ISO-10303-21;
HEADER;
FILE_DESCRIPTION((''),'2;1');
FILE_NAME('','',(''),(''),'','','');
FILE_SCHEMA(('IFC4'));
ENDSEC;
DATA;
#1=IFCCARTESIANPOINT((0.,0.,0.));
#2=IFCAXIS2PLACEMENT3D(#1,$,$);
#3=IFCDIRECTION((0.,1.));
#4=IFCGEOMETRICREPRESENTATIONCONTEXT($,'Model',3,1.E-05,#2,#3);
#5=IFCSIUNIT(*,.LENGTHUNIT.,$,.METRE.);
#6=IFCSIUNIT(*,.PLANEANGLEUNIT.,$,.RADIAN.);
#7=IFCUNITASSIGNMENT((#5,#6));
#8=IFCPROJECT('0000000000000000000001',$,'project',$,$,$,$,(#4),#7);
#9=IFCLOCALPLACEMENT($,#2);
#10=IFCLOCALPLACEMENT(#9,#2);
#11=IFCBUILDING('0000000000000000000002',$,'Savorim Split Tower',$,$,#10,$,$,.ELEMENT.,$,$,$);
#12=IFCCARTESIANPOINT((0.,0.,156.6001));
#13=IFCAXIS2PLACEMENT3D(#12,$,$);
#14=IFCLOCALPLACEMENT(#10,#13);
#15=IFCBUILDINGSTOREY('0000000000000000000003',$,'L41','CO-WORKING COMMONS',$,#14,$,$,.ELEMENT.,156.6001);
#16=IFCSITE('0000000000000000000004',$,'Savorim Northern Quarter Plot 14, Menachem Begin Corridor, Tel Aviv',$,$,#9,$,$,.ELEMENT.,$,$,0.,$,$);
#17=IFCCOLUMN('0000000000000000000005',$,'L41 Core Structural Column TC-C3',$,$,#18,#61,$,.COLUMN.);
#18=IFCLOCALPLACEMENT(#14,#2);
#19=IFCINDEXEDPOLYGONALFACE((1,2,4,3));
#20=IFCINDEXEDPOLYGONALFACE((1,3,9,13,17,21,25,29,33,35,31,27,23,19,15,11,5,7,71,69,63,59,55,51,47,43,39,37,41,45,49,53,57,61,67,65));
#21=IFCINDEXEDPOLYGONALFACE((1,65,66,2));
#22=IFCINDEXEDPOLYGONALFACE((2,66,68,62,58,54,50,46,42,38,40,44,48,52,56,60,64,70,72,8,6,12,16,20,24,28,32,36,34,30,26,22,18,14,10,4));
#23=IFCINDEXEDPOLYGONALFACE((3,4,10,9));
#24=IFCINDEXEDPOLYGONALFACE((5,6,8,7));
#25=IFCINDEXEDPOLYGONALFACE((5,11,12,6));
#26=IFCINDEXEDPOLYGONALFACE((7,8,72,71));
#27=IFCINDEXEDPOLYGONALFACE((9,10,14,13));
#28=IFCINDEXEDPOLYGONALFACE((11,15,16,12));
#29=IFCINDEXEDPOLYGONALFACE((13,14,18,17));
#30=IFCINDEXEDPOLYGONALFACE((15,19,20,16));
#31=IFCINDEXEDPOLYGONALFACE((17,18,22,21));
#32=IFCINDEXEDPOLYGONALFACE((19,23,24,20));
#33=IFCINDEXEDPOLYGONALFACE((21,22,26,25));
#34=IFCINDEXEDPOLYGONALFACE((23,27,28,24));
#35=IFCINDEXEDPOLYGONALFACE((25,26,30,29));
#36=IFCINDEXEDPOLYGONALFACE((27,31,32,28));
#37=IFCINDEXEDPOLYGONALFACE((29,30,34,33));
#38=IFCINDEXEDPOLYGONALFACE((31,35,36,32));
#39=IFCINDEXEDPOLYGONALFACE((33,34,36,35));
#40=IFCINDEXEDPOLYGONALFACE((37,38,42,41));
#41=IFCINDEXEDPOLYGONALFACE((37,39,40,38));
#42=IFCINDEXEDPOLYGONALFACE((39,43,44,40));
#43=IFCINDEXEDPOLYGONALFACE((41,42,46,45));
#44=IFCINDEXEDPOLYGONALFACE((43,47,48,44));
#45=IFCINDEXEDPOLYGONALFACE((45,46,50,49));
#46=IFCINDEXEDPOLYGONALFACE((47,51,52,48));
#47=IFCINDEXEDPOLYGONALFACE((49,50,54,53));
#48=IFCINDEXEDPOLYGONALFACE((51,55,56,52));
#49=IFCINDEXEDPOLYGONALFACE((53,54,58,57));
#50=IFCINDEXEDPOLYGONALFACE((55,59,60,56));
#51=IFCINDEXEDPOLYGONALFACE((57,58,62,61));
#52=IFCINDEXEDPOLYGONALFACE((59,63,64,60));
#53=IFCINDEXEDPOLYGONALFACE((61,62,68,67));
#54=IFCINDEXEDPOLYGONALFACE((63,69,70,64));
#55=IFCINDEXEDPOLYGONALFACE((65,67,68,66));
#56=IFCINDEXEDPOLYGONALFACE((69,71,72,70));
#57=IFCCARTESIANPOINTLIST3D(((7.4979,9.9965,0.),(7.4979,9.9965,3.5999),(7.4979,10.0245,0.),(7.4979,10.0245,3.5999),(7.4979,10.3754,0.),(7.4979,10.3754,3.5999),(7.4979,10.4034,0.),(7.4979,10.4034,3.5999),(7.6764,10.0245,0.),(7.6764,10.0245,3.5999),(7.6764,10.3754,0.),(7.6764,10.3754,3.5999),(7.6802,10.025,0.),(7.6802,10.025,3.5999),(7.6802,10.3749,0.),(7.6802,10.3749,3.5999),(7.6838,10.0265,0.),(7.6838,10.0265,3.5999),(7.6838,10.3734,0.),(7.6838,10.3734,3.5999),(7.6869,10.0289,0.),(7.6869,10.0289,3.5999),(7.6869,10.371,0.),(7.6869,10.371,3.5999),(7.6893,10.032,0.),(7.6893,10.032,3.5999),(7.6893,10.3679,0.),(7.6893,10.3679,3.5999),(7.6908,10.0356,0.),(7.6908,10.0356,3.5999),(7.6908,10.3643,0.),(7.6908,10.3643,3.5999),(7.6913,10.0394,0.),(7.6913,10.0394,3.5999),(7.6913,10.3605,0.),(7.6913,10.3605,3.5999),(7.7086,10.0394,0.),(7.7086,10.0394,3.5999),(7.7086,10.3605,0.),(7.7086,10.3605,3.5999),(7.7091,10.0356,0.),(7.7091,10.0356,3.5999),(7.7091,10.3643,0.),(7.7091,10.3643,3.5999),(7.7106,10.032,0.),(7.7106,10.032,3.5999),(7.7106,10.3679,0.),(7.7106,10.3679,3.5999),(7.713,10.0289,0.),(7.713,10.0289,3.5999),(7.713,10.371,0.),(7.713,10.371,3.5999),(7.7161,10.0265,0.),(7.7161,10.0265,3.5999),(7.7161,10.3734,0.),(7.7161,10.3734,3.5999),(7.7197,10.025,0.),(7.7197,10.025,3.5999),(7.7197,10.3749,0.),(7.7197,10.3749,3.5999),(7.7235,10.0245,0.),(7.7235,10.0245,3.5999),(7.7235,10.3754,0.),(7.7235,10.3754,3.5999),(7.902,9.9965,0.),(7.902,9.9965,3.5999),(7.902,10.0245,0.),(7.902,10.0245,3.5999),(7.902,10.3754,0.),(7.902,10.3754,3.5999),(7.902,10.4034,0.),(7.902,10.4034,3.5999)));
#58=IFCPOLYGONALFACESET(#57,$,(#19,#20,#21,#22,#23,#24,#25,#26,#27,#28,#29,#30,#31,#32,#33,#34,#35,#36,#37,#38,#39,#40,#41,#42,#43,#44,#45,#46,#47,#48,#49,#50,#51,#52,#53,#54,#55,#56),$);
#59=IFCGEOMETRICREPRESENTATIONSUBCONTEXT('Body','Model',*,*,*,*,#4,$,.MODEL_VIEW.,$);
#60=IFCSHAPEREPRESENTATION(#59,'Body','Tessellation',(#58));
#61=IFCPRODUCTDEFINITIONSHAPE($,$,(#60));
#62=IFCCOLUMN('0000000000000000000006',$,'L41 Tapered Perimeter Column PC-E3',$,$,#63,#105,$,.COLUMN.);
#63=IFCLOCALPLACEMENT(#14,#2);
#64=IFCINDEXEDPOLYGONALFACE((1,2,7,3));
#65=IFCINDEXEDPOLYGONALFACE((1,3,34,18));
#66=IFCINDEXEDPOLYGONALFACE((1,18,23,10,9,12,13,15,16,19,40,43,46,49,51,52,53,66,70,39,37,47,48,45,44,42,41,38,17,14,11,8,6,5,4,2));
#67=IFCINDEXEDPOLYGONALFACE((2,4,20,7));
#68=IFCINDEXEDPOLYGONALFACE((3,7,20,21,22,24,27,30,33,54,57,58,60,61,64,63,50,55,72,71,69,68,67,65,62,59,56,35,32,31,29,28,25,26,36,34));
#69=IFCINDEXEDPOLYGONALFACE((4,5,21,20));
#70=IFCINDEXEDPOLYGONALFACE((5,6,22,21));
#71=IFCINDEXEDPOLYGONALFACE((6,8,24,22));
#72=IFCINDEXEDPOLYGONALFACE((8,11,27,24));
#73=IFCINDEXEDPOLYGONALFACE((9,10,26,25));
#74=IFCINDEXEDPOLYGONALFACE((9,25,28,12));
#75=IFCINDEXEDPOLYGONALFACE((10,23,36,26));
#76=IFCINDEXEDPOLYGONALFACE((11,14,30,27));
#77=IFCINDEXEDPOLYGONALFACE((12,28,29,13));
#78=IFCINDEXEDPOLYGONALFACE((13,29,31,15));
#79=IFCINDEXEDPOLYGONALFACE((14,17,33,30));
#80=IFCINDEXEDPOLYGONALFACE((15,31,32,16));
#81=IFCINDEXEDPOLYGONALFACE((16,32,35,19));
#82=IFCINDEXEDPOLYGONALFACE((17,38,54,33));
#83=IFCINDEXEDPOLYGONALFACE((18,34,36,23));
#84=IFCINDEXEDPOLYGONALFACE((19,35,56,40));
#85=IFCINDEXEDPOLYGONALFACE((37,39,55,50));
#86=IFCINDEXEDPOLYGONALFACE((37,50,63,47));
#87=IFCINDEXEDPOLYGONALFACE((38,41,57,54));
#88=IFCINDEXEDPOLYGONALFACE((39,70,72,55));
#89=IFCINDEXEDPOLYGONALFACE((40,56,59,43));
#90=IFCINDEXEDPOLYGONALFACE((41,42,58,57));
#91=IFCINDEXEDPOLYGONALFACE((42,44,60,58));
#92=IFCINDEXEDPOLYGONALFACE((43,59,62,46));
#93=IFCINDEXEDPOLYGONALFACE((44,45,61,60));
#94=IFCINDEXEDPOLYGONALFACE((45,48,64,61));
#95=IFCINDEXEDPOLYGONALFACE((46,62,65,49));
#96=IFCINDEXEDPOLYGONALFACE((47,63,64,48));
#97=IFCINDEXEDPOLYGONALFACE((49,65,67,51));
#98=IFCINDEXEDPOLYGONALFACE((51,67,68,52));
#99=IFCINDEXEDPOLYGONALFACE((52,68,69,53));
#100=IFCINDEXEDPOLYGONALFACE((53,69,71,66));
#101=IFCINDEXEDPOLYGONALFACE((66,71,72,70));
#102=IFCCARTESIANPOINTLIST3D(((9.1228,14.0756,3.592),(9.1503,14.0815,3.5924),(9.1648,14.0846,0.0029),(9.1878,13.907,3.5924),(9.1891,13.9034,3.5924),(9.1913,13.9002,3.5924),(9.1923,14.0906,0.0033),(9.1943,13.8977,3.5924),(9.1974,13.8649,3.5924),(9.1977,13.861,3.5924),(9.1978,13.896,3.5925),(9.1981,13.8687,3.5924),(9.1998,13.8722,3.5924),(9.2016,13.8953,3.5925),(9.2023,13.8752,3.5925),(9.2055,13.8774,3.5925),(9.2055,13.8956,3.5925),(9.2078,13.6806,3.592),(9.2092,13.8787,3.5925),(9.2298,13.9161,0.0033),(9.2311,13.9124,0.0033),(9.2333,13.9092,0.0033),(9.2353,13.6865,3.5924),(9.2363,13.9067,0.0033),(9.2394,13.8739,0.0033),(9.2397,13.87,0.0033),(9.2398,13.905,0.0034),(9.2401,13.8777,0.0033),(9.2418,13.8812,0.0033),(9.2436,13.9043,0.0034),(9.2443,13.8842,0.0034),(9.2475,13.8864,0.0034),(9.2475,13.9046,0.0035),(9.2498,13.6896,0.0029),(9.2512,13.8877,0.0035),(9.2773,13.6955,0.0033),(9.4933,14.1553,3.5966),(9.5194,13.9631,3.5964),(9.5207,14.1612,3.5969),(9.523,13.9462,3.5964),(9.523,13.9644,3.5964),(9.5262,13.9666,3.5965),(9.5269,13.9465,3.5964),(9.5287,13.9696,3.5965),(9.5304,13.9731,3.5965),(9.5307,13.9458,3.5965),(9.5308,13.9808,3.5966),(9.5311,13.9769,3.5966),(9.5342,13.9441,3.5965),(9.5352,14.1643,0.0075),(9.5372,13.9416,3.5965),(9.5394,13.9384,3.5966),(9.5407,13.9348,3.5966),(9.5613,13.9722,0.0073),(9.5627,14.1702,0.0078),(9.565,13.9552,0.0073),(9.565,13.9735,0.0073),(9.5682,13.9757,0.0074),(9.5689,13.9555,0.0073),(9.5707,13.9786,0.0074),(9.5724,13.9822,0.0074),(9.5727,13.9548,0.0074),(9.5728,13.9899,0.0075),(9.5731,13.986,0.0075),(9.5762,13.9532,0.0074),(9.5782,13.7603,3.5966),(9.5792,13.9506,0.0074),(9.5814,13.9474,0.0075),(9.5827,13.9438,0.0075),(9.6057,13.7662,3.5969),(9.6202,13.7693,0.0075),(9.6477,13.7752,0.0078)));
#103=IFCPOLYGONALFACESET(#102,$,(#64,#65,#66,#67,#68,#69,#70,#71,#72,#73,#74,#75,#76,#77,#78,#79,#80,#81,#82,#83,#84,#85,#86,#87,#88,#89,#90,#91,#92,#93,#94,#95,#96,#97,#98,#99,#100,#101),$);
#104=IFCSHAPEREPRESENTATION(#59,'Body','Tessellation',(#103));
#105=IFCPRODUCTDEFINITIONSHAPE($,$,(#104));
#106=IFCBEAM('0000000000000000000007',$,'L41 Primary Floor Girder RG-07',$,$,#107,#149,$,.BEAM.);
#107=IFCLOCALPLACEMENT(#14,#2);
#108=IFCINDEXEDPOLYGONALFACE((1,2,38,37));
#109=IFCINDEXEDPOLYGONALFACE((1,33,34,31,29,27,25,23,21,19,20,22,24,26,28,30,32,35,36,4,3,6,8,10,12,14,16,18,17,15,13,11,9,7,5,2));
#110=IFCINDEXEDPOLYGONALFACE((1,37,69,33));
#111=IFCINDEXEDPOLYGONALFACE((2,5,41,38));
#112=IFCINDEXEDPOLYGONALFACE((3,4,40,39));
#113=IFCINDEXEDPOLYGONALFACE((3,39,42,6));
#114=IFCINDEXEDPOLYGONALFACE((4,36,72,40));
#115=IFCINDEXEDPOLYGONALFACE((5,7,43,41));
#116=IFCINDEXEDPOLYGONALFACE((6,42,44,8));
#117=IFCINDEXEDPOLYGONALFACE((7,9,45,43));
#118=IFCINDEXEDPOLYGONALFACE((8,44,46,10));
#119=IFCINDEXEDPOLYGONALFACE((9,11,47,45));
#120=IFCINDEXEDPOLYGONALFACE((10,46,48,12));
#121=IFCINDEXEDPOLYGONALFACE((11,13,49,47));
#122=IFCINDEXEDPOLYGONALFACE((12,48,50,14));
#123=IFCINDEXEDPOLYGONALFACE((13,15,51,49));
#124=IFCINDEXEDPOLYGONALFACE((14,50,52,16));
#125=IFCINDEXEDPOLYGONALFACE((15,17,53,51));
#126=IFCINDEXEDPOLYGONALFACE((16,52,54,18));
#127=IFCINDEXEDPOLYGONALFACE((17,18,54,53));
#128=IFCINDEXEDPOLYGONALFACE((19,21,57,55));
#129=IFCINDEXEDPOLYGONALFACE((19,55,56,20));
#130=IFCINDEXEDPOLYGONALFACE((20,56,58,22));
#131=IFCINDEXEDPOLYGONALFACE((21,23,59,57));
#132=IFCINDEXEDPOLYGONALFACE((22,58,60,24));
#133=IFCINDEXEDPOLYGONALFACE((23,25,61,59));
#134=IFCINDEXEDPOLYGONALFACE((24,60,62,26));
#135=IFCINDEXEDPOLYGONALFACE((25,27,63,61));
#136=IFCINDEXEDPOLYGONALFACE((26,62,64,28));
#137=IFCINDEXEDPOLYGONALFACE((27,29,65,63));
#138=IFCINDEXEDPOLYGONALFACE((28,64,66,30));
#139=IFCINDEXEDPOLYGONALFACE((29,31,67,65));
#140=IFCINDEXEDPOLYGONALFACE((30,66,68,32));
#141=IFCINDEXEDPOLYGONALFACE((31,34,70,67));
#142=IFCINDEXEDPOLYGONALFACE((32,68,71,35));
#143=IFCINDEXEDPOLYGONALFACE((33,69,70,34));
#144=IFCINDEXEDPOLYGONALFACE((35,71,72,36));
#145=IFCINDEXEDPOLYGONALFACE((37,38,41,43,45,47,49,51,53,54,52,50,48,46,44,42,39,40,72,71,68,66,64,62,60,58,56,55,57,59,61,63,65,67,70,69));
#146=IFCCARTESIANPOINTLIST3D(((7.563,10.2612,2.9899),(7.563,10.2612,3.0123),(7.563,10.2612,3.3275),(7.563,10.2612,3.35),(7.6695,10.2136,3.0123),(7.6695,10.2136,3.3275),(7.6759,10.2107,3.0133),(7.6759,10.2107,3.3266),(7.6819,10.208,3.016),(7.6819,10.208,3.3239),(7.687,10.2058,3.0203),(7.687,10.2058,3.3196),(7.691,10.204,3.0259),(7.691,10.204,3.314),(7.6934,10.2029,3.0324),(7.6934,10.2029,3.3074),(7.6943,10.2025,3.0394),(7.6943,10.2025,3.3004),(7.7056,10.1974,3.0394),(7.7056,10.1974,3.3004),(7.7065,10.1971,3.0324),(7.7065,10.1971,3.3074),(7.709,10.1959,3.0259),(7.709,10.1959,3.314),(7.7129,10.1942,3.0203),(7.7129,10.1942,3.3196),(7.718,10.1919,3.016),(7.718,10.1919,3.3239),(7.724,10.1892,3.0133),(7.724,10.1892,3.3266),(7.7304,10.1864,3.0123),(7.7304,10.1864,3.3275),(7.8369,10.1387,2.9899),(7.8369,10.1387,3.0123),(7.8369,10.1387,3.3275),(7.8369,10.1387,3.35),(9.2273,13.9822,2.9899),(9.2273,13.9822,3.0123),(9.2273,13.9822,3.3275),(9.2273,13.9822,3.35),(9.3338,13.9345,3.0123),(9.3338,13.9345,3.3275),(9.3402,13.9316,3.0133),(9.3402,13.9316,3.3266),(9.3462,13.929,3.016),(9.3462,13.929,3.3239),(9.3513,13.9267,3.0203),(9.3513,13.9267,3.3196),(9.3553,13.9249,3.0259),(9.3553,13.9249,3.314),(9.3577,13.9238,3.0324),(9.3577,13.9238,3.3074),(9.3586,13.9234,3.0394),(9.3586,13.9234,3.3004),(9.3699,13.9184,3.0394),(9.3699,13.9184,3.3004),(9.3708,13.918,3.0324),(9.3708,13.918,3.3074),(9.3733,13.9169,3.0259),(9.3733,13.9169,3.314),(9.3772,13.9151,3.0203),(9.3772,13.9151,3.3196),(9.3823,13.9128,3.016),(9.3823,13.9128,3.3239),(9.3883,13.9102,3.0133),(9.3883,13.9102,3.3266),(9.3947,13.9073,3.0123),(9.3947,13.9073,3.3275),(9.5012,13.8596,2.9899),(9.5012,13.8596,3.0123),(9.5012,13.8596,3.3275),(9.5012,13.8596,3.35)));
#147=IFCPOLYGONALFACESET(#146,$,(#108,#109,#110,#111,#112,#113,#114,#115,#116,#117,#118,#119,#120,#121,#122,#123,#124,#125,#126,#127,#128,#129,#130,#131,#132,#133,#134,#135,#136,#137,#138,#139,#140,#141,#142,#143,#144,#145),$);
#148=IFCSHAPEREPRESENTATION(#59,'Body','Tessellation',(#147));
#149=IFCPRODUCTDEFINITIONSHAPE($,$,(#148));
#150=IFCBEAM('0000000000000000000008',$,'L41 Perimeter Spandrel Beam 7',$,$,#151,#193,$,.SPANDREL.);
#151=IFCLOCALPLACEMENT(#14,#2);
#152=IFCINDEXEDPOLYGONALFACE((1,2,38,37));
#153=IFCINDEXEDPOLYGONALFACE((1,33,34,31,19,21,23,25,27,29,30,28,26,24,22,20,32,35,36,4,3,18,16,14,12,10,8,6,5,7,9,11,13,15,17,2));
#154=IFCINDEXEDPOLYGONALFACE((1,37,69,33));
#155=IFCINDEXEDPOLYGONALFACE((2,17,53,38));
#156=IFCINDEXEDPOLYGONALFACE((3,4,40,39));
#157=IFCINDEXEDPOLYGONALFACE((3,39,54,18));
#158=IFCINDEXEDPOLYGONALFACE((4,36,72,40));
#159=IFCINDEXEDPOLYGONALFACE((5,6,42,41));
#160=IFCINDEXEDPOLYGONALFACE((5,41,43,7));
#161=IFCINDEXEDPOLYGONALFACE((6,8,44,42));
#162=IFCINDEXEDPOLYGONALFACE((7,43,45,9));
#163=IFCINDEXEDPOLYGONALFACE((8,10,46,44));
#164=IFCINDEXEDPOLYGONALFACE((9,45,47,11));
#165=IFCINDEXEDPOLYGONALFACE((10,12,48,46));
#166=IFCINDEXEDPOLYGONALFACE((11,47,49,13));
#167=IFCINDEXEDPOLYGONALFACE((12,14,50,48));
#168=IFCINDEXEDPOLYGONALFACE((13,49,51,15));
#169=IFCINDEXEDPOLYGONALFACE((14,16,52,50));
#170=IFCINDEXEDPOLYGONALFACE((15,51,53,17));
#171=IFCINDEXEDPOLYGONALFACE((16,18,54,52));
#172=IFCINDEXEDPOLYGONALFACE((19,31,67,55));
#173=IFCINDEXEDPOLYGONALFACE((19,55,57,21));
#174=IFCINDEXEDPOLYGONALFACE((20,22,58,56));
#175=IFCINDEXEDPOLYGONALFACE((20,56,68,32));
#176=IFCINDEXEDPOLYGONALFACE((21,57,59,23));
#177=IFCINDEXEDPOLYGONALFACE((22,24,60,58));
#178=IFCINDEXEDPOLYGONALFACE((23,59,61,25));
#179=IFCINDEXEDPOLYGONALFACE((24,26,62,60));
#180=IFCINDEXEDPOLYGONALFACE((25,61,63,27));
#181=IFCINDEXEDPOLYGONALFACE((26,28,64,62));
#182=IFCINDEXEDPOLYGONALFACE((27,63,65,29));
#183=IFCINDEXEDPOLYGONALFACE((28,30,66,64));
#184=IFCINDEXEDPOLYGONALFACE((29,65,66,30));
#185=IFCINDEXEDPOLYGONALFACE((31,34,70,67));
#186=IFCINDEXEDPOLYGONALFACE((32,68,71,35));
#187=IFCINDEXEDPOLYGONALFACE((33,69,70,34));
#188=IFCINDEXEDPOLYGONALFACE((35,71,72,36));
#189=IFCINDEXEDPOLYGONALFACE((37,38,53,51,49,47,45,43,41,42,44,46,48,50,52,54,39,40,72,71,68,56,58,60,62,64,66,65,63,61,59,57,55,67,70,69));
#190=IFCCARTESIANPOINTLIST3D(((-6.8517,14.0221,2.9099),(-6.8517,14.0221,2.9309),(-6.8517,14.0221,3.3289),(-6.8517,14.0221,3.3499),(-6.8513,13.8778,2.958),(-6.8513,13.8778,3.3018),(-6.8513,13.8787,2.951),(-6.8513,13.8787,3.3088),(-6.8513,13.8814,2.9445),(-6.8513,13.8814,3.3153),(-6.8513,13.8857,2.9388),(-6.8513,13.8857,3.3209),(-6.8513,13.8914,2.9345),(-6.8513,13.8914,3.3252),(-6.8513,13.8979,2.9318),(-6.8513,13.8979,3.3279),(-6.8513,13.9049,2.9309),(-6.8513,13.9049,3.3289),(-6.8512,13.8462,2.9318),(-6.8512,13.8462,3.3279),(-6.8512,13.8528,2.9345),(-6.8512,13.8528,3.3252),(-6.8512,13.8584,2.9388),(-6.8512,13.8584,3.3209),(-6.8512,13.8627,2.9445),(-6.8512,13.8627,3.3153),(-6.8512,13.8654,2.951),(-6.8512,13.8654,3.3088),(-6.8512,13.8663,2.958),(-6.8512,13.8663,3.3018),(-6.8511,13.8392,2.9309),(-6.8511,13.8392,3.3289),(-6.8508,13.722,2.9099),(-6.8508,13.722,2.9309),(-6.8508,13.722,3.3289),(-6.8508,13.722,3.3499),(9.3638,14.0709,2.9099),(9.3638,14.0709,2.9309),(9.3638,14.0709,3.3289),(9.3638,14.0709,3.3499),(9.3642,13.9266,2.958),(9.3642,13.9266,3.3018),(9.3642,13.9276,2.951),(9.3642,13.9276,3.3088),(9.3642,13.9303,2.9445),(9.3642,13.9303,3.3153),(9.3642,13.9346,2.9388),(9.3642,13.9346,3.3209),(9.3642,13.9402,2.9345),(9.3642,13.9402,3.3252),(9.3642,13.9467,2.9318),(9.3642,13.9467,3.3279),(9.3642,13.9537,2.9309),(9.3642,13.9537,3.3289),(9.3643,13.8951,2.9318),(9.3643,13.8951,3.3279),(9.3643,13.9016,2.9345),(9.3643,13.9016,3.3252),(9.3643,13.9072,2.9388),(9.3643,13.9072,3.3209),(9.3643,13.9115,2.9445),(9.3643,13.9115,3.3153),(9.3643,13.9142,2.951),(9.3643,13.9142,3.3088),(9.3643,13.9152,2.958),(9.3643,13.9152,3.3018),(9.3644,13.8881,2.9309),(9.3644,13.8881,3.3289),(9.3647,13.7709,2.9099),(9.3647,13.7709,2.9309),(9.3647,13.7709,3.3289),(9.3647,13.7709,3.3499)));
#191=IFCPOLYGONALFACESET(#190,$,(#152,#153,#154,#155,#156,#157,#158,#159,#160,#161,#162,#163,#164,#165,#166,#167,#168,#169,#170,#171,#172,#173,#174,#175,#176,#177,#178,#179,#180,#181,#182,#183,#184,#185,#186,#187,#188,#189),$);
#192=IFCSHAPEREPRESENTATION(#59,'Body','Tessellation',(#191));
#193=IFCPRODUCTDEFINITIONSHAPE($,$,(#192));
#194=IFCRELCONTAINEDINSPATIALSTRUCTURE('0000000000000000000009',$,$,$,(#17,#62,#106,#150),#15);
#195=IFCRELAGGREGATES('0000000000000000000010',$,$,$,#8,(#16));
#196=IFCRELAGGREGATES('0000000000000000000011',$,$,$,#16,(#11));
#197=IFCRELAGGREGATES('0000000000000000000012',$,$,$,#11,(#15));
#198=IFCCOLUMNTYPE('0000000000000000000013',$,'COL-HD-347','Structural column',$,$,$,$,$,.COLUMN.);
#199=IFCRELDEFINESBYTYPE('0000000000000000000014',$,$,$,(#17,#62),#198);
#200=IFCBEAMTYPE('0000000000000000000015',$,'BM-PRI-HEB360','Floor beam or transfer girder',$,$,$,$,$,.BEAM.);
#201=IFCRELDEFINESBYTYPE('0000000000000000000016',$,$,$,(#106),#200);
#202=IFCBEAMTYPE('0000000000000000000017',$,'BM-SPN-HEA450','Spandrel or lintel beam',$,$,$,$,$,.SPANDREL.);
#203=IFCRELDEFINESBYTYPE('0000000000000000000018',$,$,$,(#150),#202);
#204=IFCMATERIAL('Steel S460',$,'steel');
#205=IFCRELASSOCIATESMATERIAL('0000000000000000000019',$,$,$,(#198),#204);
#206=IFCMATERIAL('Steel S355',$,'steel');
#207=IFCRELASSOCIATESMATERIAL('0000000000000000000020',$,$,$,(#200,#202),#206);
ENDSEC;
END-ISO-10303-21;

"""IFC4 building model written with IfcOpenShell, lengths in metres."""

from ifc_helpers import new_model, si_unit, direction, frame, origin, origin_2d, place, context, subcontext, project, spatial, i_section, extrude, material, material_profile, profile_set, type_object, element, save


model = new_model("IFC4")

# Units and contexts
model_context = context("Model", 3, precision=1e-05, world=origin(), true_north=direction((0.0, 1.0)))
body_context = subcontext(model_context, "Body", "Model", "MODEL_VIEW")
ifc_project = project(units=[si_unit("LENGTHUNIT", "METRE"), si_unit("PLANEANGLEUNIT", "RADIAN")], contexts=[model_context])

# Site, building, storey
site_placement = place(None, origin())
site = spatial("IfcSite", under=ifc_project, at=site_placement, Name="Savorim Northern Quarter Plot 14, Menachem Begin Corridor, Tel Aviv", CompositionType="ELEMENT", RefElevation=0.0)
building_placement = place(site_placement, origin())
building = spatial("IfcBuilding", under=site, at=building_placement, Name="Savorim Split Tower", CompositionType="ELEMENT")
storey_placement = place(building_placement, frame((0.0, 0.0, 156.6001)))
storey = spatial("IfcBuildingStorey", under=building, at=storey_placement, Name="L41", Description="CO-WORKING COMMONS", CompositionType="ELEMENT", Elevation=156.6001)

# Columns
ifc_material_1 = material(Name="Steel S460", Category="steel")
ifc_material_profile_1 = material_profile(ifc_material_1, i_section(OverallWidth=0.4041, OverallDepth=0.407, WebThickness=0.0173, FlangeThickness=0.0281, FilletRadius=0.0149, at=origin_2d()), Name="HD 400x347")
ifc_profile_set_1 = profile_set([ifc_material_profile_1], Name="Steel S460")
column_type = type_object("IfcColumnType", Name="COL-HD-347", Description="Structural column", PredefinedType="COLUMN", material=ifc_profile_set_1)
column_1_placement = place(storey_placement, frame((7.7, 10.2, 0.0), z_axis=(0.0, 0.0, 1.0), x_axis=(1.0, 0.0, 0.0)))
element("IfcColumn", 1, at=column_1_placement, inside=storey, type_object=column_type, Name="L41 Core Structural Column TC-C3", PredefinedType="COLUMN", context=body_context, shape_type="SweptSolid", body=[
    extrude(i_section(OverallWidth=0.4041, OverallDepth=0.407, WebThickness=0.0173, FlangeThickness=0.0281, FilletRadius=0.0149, at=origin_2d()), origin(), (0.0, 0.0, 1.0), 3.5999),
])
column_2_placement = place(storey_placement, frame((9.4062, 13.9299, 0.0054), z_axis=(-0.011699, -0.002517, 0.999928), x_axis=(0.210305, -0.977636, 0.0)))
element("IfcColumn", 2, at=column_2_placement, inside=storey, type_object=column_type, Name="L41 Tapered Perimeter Column PC-E3", PredefinedType="COLUMN", context=body_context, shape_type="SweptSolid", body=[
    extrude(i_section(OverallWidth=0.4041, OverallDepth=0.407, WebThickness=0.0173, FlangeThickness=0.0281, FilletRadius=0.0149, at=origin_2d()), origin(), (0.0, 0.0, 1.0), 3.5894),
])

# Beams
ifc_material_2 = material(Name="Steel S355", Category="steel")
ifc_material_profile_2 = material_profile(ifc_material_2, i_section(OverallWidth=0.3, OverallDepth=0.3601, WebThickness=0.0125, FlangeThickness=0.0225, FilletRadius=0.0271, at=origin_2d()), Name="HEB 360")
ifc_profile_set_2 = profile_set([ifc_material_profile_2], Name="Steel S355")
beam_type_1 = type_object("IfcBeamType", Name="BM-PRI-HEB360", Description="Floor beam or transfer girder", PredefinedType="BEAM", material=ifc_profile_set_2)
beam_1_placement = place(storey_placement, frame((9.3643, 13.9209, 3.1699), z_axis=(-0.408299, -0.912848, 0.0), x_axis=(0.912848, -0.408299, 0.0)))
element("IfcBeam", 3, at=beam_1_placement, inside=storey, type_object=beam_type_1, Name="L41 Primary Floor Girder RG-07", PredefinedType="BEAM", context=body_context, shape_type="SweptSolid", body=[
    extrude(i_section(OverallWidth=0.3, OverallDepth=0.3601, WebThickness=0.0125, FlangeThickness=0.0225, FilletRadius=0.0271, at=origin_2d()), origin(), (0.0, 0.0, 1.0), 4.0762),
])
ifc_material_profile_3 = material_profile(ifc_material_2, i_section(OverallWidth=0.3, OverallDepth=0.4399, WebThickness=0.0115, FlangeThickness=0.021, FilletRadius=0.0271, at=origin_2d()), Name="HEA 450")
ifc_profile_set_3 = profile_set([ifc_material_profile_3], Name="Steel S355")
beam_type_2 = type_object("IfcBeamType", Name="BM-SPN-HEA450", Description="Spandrel or lintel beam", PredefinedType="SPANDREL", material=ifc_profile_set_3)
beam_2_placement = place(storey_placement, frame((9.3643, 13.9209, 3.1299), z_axis=(-0.999995, -0.003011, 0.0), x_axis=(0.003011, -0.999995, 0.0)))
element("IfcBeam", 4, at=beam_2_placement, inside=storey, type_object=beam_type_2, Name="L41 Perimeter Spandrel Beam 7", PredefinedType="SPANDREL", context=body_context, shape_type="SweptSolid", body=[
    extrude(i_section(OverallWidth=0.3, OverallDepth=0.4399, WebThickness=0.0115, FlangeThickness=0.021, FilletRadius=0.0271, at=origin_2d()), origin(), (0.0, 0.0, 1.0), 16.2156),
])

save(model, "model.ifc")
